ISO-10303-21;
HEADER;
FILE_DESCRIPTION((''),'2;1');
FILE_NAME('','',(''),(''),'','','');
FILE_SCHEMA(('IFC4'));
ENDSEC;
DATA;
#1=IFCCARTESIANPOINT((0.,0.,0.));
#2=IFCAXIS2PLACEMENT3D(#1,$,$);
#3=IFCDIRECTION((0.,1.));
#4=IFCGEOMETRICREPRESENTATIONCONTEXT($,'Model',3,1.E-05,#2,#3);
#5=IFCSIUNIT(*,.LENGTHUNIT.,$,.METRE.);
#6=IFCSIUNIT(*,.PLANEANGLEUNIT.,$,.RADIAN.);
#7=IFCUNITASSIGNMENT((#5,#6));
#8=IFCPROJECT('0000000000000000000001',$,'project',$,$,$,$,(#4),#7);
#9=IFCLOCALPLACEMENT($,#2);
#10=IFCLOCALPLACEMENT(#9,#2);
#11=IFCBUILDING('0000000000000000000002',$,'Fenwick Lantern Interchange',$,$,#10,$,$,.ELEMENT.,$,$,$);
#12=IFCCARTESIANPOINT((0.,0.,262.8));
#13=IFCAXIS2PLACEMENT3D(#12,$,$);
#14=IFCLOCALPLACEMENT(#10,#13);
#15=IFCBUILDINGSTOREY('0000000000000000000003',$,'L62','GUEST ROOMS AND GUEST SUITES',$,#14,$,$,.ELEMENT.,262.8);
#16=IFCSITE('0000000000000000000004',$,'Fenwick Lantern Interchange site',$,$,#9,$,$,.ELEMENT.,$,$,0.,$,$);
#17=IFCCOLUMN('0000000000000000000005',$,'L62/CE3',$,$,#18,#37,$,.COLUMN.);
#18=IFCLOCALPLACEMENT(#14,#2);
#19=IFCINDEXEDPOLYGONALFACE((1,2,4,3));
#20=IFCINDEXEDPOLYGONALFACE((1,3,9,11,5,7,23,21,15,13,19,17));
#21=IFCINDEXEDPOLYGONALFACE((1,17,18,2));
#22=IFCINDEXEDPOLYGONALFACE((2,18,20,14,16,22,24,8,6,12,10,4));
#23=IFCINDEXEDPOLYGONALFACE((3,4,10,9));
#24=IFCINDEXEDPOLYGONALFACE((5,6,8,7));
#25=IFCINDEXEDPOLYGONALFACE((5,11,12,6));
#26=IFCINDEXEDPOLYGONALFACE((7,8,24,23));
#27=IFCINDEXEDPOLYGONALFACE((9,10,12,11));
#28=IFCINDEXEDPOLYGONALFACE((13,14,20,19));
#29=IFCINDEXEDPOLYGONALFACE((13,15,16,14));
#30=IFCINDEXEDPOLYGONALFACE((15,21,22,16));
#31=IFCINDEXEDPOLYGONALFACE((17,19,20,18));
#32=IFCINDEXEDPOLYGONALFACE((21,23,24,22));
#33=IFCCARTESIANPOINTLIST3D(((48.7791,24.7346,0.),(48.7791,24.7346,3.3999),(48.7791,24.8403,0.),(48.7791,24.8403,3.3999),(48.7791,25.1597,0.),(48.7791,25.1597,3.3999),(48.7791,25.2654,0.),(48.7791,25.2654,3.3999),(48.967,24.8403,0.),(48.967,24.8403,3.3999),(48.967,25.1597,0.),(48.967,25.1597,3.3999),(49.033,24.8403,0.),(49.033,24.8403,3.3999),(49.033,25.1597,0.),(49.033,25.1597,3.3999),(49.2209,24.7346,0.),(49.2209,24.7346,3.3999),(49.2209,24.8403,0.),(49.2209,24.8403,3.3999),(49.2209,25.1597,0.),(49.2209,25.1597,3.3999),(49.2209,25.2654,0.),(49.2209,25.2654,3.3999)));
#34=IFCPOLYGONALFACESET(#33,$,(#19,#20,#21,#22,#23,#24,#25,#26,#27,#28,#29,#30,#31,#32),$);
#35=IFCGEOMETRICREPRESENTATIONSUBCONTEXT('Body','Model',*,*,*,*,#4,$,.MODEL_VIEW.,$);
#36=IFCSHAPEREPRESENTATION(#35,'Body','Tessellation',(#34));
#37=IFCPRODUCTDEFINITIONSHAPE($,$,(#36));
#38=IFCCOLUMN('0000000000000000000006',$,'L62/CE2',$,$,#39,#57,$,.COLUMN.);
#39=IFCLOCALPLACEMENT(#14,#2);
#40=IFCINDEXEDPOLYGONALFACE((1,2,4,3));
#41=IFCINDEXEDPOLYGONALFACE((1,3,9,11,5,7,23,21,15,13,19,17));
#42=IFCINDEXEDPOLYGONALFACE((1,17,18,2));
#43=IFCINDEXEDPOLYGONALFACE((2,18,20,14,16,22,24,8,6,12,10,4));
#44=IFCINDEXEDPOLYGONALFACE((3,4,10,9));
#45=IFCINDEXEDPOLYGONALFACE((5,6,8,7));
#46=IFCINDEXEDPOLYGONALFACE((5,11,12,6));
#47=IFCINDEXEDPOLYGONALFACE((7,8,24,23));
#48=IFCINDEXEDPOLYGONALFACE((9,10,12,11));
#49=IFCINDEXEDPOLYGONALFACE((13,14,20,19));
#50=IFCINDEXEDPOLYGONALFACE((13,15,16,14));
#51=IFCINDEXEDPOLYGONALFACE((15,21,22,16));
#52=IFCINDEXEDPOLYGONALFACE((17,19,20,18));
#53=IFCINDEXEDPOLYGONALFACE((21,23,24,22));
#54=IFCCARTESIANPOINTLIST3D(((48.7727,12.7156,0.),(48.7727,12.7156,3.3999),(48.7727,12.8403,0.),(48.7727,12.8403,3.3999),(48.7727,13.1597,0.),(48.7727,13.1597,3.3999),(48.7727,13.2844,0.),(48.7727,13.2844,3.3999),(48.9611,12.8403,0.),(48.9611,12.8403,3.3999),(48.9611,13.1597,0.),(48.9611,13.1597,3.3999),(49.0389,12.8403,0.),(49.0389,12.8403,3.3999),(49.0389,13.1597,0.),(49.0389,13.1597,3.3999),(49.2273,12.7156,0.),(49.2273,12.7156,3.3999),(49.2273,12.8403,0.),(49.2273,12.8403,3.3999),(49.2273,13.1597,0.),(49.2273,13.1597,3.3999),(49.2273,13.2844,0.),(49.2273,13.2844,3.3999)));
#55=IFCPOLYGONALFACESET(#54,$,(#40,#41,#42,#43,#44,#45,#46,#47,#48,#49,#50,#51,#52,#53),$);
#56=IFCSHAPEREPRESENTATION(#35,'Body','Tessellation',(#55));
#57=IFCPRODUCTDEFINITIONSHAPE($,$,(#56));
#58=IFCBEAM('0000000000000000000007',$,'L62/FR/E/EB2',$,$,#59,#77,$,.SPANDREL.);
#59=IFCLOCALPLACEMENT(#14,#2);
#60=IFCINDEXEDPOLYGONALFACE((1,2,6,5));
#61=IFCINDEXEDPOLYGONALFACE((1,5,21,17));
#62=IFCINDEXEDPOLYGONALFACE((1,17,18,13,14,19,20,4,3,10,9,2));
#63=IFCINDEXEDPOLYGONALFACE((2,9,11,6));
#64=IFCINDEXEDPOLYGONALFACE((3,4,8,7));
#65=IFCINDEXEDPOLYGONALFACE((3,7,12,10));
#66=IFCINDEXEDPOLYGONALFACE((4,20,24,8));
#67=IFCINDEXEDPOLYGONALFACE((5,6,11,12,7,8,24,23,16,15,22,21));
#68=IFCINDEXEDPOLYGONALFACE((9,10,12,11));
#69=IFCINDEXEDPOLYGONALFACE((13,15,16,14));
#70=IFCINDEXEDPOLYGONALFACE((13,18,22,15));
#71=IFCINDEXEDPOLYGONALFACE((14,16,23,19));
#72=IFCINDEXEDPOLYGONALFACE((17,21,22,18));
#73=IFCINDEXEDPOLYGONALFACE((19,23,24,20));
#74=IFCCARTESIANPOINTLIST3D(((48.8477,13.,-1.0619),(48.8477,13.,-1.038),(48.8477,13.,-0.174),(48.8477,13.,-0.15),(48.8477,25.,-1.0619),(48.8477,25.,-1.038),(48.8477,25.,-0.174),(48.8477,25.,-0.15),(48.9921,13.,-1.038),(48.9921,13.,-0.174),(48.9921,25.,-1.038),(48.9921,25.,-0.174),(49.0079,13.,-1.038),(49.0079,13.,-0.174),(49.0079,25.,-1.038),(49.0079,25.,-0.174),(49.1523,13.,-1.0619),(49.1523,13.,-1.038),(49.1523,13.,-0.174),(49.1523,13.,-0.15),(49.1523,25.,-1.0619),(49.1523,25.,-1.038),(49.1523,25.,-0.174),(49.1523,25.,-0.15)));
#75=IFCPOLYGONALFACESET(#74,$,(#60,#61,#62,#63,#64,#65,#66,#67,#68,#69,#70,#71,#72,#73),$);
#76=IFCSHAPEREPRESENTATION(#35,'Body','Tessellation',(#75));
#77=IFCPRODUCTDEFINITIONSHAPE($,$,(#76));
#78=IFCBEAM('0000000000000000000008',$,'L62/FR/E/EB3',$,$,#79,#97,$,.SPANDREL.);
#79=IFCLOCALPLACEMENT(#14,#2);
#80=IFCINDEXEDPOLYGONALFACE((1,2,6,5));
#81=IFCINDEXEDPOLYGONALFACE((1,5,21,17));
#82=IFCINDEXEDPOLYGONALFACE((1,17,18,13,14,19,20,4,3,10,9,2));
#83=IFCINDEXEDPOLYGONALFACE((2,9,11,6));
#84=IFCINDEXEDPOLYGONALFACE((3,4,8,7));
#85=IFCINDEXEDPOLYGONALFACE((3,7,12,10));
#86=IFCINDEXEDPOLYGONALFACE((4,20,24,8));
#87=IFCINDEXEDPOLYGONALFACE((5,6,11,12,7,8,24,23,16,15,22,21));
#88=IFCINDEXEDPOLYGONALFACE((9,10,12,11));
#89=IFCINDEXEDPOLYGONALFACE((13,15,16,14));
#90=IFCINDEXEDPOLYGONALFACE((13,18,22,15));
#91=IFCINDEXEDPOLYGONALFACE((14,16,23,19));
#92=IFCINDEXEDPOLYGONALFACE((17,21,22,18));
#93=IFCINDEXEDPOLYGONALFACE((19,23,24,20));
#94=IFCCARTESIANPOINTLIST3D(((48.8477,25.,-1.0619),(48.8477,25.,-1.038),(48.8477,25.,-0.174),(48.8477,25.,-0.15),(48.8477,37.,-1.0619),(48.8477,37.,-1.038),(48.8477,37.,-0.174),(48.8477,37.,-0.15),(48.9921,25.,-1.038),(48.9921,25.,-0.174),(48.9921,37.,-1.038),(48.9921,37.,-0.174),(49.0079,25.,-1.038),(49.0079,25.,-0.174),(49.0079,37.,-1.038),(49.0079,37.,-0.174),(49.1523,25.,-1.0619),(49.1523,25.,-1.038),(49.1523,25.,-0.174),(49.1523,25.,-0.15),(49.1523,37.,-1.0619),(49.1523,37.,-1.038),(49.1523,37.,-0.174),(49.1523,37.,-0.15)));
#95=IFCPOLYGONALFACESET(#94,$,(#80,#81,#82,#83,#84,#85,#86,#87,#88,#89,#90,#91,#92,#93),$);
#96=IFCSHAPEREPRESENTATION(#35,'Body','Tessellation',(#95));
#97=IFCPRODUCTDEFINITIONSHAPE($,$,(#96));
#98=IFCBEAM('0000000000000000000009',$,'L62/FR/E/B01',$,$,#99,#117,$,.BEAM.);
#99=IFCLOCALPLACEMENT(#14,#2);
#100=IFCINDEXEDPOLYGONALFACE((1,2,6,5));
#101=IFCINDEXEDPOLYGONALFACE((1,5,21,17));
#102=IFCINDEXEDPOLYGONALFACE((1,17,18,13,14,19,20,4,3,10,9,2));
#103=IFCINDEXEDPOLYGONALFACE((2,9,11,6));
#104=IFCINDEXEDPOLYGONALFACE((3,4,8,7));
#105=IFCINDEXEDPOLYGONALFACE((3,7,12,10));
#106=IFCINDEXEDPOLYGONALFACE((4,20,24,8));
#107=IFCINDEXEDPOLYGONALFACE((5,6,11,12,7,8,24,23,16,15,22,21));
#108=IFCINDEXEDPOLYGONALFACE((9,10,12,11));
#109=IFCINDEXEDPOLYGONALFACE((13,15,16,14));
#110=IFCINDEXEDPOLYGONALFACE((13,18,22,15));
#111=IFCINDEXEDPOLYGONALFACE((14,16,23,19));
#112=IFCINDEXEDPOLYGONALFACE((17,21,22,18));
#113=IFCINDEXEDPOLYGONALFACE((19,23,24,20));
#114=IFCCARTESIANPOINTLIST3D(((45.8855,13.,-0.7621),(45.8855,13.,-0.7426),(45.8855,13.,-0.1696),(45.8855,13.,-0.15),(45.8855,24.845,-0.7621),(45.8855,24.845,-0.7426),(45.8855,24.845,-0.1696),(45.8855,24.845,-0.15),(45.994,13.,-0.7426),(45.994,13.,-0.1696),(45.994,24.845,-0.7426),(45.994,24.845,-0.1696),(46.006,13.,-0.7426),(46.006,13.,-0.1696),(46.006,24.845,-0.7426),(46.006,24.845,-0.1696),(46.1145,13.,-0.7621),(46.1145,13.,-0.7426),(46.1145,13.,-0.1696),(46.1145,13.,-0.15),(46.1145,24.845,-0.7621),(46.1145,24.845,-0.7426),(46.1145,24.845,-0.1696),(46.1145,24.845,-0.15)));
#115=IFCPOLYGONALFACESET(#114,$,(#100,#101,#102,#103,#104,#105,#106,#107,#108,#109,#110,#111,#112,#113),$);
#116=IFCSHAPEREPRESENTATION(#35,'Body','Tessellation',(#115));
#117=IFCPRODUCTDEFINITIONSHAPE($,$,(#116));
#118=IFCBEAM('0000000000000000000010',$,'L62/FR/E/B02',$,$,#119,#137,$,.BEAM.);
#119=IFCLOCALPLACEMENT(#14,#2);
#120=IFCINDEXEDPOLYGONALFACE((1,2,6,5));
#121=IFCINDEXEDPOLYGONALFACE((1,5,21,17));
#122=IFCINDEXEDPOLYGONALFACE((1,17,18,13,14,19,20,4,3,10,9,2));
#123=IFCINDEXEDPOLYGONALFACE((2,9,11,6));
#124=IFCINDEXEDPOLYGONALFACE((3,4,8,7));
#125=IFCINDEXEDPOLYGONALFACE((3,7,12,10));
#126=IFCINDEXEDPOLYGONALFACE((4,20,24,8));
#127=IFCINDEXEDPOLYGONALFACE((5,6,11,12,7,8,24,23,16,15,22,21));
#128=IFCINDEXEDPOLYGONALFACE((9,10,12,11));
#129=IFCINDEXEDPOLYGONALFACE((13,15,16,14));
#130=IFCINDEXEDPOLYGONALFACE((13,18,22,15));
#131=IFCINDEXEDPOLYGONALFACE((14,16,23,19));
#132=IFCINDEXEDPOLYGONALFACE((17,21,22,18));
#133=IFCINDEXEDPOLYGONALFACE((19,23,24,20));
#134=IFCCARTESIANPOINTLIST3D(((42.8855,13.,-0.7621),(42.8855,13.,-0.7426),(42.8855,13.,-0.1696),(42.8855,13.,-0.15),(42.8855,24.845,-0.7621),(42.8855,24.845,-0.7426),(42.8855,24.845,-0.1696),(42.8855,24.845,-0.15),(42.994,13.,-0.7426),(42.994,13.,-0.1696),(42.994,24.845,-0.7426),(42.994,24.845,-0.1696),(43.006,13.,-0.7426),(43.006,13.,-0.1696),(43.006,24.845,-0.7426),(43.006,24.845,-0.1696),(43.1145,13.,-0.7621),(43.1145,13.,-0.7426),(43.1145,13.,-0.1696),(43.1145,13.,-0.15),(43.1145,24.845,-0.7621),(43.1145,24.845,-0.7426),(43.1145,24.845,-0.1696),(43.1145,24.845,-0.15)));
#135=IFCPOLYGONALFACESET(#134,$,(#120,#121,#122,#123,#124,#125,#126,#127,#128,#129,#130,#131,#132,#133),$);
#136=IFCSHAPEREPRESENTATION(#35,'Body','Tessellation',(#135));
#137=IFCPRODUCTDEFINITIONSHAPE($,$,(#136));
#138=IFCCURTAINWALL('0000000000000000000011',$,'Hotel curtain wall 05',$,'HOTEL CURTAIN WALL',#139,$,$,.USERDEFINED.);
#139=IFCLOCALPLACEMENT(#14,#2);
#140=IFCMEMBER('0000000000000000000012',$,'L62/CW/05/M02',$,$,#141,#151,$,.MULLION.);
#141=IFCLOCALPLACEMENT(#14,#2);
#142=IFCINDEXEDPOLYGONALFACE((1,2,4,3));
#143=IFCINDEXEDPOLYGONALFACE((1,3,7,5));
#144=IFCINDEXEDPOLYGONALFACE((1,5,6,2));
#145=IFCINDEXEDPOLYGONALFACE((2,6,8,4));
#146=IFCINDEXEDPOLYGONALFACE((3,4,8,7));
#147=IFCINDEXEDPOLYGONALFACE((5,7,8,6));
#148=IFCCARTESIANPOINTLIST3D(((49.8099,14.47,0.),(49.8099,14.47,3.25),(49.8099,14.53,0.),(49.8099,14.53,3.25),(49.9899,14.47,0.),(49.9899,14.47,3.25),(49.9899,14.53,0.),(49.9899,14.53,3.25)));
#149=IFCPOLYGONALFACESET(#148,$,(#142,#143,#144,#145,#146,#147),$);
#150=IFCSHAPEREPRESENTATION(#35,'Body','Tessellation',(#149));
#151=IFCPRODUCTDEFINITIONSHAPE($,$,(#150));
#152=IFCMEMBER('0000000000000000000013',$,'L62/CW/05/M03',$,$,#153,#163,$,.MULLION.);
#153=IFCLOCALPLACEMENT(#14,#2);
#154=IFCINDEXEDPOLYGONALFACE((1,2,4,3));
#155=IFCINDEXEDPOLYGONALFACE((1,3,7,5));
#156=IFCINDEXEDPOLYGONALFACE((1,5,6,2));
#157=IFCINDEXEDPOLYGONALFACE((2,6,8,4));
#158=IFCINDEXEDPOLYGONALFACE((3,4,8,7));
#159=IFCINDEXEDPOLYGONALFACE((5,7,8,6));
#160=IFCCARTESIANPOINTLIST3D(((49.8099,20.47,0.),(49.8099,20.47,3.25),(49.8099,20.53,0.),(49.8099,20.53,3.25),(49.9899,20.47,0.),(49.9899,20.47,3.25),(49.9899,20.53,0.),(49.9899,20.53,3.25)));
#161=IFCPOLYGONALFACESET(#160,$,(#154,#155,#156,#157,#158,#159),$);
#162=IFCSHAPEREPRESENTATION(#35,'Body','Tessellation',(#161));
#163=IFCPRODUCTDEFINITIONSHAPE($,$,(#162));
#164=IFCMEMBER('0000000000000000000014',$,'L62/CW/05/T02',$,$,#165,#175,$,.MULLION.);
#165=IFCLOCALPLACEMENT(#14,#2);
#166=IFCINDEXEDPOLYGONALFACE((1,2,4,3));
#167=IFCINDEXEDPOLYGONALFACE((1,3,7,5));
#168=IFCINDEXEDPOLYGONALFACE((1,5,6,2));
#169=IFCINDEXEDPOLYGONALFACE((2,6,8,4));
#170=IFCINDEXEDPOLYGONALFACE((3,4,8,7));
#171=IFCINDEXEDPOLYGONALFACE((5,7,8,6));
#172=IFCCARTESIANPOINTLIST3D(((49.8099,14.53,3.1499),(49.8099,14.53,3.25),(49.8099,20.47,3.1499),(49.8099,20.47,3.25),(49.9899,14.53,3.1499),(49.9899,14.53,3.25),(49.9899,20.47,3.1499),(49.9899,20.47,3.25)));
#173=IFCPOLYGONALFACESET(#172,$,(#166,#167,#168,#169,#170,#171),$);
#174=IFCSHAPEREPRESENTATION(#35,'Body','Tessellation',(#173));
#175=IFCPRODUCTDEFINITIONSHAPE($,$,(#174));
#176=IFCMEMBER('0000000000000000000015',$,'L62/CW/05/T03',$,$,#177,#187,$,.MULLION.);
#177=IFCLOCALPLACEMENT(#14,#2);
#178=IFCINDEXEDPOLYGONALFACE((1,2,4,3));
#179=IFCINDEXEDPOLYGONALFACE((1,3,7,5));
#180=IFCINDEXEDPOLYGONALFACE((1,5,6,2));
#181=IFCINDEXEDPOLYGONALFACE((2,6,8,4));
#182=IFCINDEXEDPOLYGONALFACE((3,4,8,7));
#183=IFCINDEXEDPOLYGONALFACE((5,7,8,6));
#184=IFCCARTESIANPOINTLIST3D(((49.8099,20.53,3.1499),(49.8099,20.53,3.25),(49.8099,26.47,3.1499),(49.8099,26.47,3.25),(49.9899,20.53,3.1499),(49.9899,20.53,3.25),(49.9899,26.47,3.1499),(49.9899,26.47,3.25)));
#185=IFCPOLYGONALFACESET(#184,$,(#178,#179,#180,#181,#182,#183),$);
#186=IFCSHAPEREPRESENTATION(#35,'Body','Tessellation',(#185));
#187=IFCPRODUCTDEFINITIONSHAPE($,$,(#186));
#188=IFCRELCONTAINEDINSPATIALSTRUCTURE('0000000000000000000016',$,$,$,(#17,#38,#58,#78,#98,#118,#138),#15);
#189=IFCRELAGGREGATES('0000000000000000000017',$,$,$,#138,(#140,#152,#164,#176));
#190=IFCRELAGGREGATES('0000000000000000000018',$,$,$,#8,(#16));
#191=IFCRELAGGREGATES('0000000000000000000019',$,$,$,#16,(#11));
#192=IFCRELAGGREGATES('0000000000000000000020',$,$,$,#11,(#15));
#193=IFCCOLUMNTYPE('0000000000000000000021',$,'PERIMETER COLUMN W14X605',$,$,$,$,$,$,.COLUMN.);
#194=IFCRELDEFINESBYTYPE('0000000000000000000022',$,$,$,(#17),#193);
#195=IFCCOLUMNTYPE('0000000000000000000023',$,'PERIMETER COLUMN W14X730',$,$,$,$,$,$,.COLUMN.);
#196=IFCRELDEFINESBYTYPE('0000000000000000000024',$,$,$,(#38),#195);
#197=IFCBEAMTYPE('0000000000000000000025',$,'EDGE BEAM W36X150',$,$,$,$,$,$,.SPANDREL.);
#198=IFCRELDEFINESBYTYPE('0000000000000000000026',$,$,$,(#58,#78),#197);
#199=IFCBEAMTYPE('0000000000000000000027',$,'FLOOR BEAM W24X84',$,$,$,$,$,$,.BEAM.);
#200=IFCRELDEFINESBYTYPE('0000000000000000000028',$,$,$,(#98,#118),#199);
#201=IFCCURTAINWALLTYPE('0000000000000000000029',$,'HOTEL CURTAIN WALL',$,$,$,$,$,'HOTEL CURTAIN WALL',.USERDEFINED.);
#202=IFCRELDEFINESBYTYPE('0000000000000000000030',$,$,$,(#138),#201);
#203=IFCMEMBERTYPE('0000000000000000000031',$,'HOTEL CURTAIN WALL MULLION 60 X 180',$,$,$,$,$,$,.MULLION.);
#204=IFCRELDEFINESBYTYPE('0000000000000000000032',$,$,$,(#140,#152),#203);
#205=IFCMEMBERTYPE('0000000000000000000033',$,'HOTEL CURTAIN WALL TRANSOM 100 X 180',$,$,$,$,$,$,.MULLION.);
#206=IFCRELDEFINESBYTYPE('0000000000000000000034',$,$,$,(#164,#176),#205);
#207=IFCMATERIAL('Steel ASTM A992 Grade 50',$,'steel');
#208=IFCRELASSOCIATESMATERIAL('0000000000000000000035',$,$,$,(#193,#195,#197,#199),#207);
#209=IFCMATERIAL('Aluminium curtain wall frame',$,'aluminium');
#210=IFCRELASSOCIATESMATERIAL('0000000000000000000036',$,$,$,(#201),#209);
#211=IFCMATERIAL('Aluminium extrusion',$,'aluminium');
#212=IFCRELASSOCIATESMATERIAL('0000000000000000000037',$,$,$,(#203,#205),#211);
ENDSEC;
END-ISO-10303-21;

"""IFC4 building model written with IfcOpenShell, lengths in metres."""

from ifc_helpers import new_model, si_unit, direction, frame, origin, origin_2d, place, context, subcontext, project, spatial, rectangle, i_section, extrude, material, material_profile, profile_set, type_object, element, aggregate, save


model = new_model("IFC4")

# Units and contexts
model_context = context("Model", 3, precision=1e-05, world=origin(), true_north=direction((0.0, 1.0)))
body_context = subcontext(model_context, "Body", "Model", "MODEL_VIEW")
ifc_project = project(units=[si_unit("LENGTHUNIT", "METRE"), si_unit("PLANEANGLEUNIT", "RADIAN")], contexts=[model_context])

# Site, building, storey
site_placement = place(None, origin())
site = spatial("IfcSite", under=ifc_project, at=site_placement, Name="Fenwick Lantern Interchange site", CompositionType="ELEMENT", RefElevation=0.0)
building_placement = place(site_placement, origin())
building = spatial("IfcBuilding", under=site, at=building_placement, Name="Fenwick Lantern Interchange", CompositionType="ELEMENT")
storey_placement = place(building_placement, frame((0.0, 0.0, 262.8)))
storey = spatial("IfcBuildingStorey", under=building, at=storey_placement, Name="L62", Description="GUEST ROOMS AND GUEST SUITES", CompositionType="ELEMENT", Elevation=262.8)

# Columns
ifc_material_1 = material(Name="Steel ASTM A992 Grade 50", Category="steel")
ifc_material_profile_1 = material_profile(ifc_material_1, i_section(OverallWidth=0.4419, OverallDepth=0.5308, WebThickness=0.0659, FlangeThickness=0.1057, at=origin_2d()), Name="W14X605")
ifc_profile_set_1 = profile_set([ifc_material_profile_1], Name="Steel ASTM A992 Grade 50")
column_type_1 = type_object("IfcColumnType", Name="PERIMETER COLUMN W14X605", PredefinedType="COLUMN", material=ifc_profile_set_1)
column_1_placement = place(storey_placement, frame((49.0, 25.0, 0.0), z_axis=(0.0, 0.0, 1.0), x_axis=(1.0, 0.0, 0.0)))
element("IfcColumn", 1, at=column_1_placement, inside=storey, type_object=column_type_1, Name="L62/CE3", PredefinedType="COLUMN", context=body_context, shape_type="SweptSolid", body=[
    extrude(i_section(OverallWidth=0.4419, OverallDepth=0.5308, WebThickness=0.0659, FlangeThickness=0.1057, at=origin_2d()), origin(), (0.0, 0.0, 1.0), 3.3999),
])
ifc_material_profile_2 = material_profile(ifc_material_1, i_section(OverallWidth=0.4546, OverallDepth=0.5688, WebThickness=0.0779, FlangeThickness=0.1248, at=origin_2d()), Name="W14X730")
ifc_profile_set_2 = profile_set([ifc_material_profile_2], Name="Steel ASTM A992 Grade 50")
column_type_2 = type_object("IfcColumnType", Name="PERIMETER COLUMN W14X730", PredefinedType="COLUMN", material=ifc_profile_set_2)
column_2_placement = place(storey_placement, frame((49.0, 13.0, 0.0), z_axis=(0.0, 0.0, 1.0), x_axis=(1.0, 0.0, 0.0)))
element("IfcColumn", 2, at=column_2_placement, inside=storey, type_object=column_type_2, Name="L62/CE2", PredefinedType="COLUMN", context=body_context, shape_type="SweptSolid", body=[
    extrude(i_section(OverallWidth=0.4546, OverallDepth=0.5688, WebThickness=0.0779, FlangeThickness=0.1248, at=origin_2d()), origin(), (0.0, 0.0, 1.0), 3.3999),
])

# Beams
ifc_material_profile_3 = material_profile(ifc_material_1, i_section(OverallWidth=0.3047, OverallDepth=0.9119, WebThickness=0.0159, FlangeThickness=0.0239, at=origin_2d()), Name="W36X150")
ifc_profile_set_3 = profile_set([ifc_material_profile_3], Name="Steel ASTM A992 Grade 50")
beam_type_1 = type_object("IfcBeamType", Name="EDGE BEAM W36X150", PredefinedType="SPANDREL", material=ifc_profile_set_3)
for number, where, z_axis, x_axis, name in (
    (3, (49.0, 13.0, -0.606), (0.0, 1.0, 0.0), (-1.0, 0.0, 0.0), "L62/FR/E/EB2"),
    (4, (49.0, 25.0, -0.606), (0.0, 1.0, 0.0), (-1.0, 0.0, 0.0), "L62/FR/E/EB3"),
):
    element("IfcBeam", number, at=place(storey_placement, frame(where, z_axis=z_axis, x_axis=x_axis)), inside=storey, type_object=beam_type_1, Name=name, PredefinedType="SPANDREL", context=body_context, shape_type="SweptSolid", body=[
        extrude(i_section(OverallWidth=0.3047, OverallDepth=0.9119, WebThickness=0.0159, FlangeThickness=0.0239, at=origin_2d()), origin(), (0.0, 0.0, 1.0), 12.0),
    ])
ifc_material_profile_4 = material_profile(ifc_material_1, i_section(OverallWidth=0.229, OverallDepth=0.6121, WebThickness=0.012, FlangeThickness=0.0195, at=origin_2d()), Name="W24X84")
ifc_profile_set_4 = profile_set([ifc_material_profile_4], Name="Steel ASTM A992 Grade 50")
beam_type_2 = type_object("IfcBeamType", Name="FLOOR BEAM W24X84", PredefinedType="BEAM", material=ifc_profile_set_4)
for number, where, z_axis, x_axis, name in (
    (5, (46.0, 13.0, -0.4561), (0.0, 1.0, 0.0), (-1.0, 0.0, 0.0), "L62/FR/E/B01"),
    (6, (43.0, 13.0, -0.4561), (0.0, 1.0, 0.0), (-1.0, 0.0, 0.0), "L62/FR/E/B02"),
):
    element("IfcBeam", number, at=place(storey_placement, frame(where, z_axis=z_axis, x_axis=x_axis)), inside=storey, type_object=beam_type_2, Name=name, PredefinedType="BEAM", context=body_context, shape_type="SweptSolid", body=[
        extrude(i_section(OverallWidth=0.229, OverallDepth=0.6121, WebThickness=0.012, FlangeThickness=0.0195, at=origin_2d()), origin(), (0.0, 0.0, 1.0), 11.845),
    ])

# Curtain wall, members
ifc_material_2 = material(Name="Aluminium curtain wall frame", Category="aluminium")
curtain_wall_type = type_object("IfcCurtainWallType", Name="HOTEL CURTAIN WALL", ElementType="HOTEL CURTAIN WALL", PredefinedType="USERDEFINED", material=ifc_material_2)
curtain_wall_placement = place(storey_placement, origin())
curtain_wall = element("IfcCurtainWall", 7, at=curtain_wall_placement, inside=storey, type_object=curtain_wall_type, Name="Hotel curtain wall 05", ObjectType="HOTEL CURTAIN WALL", PredefinedType="USERDEFINED")
ifc_material_3 = material(Name="Aluminium extrusion", Category="aluminium")
ifc_material_profile_5 = material_profile(ifc_material_3, rectangle(XDim=0.1799, YDim=0.0601, at=origin_2d()), Name="HOTEL CURTAIN WALL MULLION 60 X 180")
ifc_profile_set_5 = profile_set([ifc_material_profile_5], Name="Aluminium extrusion")
member_type_1 = type_object("IfcMemberType", Name="HOTEL CURTAIN WALL MULLION 60 X 180", PredefinedType="MULLION", material=ifc_profile_set_5)
member_1_placement = place(storey_placement, frame((49.8999, 14.5, 0.0), z_axis=(0.0, 0.0, 1.0), x_axis=(-1.0, 0.0, 0.0)))
member_1 = element("IfcMember", 8, at=member_1_placement, type_object=member_type_1, Name="L62/CW/05/M02", PredefinedType="MULLION", context=body_context, shape_type="SweptSolid", body=[
    extrude(rectangle(XDim=0.1799, YDim=0.0601, at=origin_2d()), origin(), (0.0, 0.0, 1.0), 3.25),
])
member_2_placement = place(storey_placement, frame((49.8999, 20.5, 0.0), z_axis=(0.0, 0.0, 1.0), x_axis=(-1.0, 0.0, 0.0)))
member_2 = element("IfcMember", 9, at=member_2_placement, type_object=member_type_1, Name="L62/CW/05/M03", PredefinedType="MULLION", context=body_context, shape_type="SweptSolid", body=[
    extrude(rectangle(XDim=0.1799, YDim=0.0601, at=origin_2d()), origin(), (0.0, 0.0, 1.0), 3.25),
])
ifc_material_profile_6 = material_profile(ifc_material_3, rectangle(XDim=0.1799, YDim=0.1001, at=origin_2d()), Name="HOTEL CURTAIN WALL TRANSOM 100 X 180")
ifc_profile_set_6 = profile_set([ifc_material_profile_6], Name="Aluminium extrusion")
member_type_2 = type_object("IfcMemberType", Name="HOTEL CURTAIN WALL TRANSOM 100 X 180", PredefinedType="MULLION", material=ifc_profile_set_6)
member_3_placement = place(storey_placement, frame((49.8999, 14.53, 3.2), z_axis=(0.0, 1.0, 0.0), x_axis=(-1.0, 0.0, 0.0)))
member_3 = element("IfcMember", 10, at=member_3_placement, type_object=member_type_2, Name="L62/CW/05/T02", PredefinedType="MULLION", context=body_context, shape_type="SweptSolid", body=[
    extrude(rectangle(XDim=0.1799, YDim=0.1001, at=origin_2d()), origin(), (0.0, 0.0, 1.0), 5.9399),
])
member_4_placement = place(storey_placement, frame((49.8999, 20.53, 3.2), z_axis=(0.0, 1.0, 0.0), x_axis=(-1.0, 0.0, 0.0)))
member_4 = element("IfcMember", 11, at=member_4_placement, type_object=member_type_2, Name="L62/CW/05/T03", PredefinedType="MULLION", context=body_context, shape_type="SweptSolid", body=[
    extrude(rectangle(XDim=0.1799, YDim=0.1001, at=origin_2d()), origin(), (0.0, 0.0, 1.0), 5.9399),
])
aggregate(curtain_wall, [member_1, member_2, member_3, member_4])

save(model, "model.ifc")
